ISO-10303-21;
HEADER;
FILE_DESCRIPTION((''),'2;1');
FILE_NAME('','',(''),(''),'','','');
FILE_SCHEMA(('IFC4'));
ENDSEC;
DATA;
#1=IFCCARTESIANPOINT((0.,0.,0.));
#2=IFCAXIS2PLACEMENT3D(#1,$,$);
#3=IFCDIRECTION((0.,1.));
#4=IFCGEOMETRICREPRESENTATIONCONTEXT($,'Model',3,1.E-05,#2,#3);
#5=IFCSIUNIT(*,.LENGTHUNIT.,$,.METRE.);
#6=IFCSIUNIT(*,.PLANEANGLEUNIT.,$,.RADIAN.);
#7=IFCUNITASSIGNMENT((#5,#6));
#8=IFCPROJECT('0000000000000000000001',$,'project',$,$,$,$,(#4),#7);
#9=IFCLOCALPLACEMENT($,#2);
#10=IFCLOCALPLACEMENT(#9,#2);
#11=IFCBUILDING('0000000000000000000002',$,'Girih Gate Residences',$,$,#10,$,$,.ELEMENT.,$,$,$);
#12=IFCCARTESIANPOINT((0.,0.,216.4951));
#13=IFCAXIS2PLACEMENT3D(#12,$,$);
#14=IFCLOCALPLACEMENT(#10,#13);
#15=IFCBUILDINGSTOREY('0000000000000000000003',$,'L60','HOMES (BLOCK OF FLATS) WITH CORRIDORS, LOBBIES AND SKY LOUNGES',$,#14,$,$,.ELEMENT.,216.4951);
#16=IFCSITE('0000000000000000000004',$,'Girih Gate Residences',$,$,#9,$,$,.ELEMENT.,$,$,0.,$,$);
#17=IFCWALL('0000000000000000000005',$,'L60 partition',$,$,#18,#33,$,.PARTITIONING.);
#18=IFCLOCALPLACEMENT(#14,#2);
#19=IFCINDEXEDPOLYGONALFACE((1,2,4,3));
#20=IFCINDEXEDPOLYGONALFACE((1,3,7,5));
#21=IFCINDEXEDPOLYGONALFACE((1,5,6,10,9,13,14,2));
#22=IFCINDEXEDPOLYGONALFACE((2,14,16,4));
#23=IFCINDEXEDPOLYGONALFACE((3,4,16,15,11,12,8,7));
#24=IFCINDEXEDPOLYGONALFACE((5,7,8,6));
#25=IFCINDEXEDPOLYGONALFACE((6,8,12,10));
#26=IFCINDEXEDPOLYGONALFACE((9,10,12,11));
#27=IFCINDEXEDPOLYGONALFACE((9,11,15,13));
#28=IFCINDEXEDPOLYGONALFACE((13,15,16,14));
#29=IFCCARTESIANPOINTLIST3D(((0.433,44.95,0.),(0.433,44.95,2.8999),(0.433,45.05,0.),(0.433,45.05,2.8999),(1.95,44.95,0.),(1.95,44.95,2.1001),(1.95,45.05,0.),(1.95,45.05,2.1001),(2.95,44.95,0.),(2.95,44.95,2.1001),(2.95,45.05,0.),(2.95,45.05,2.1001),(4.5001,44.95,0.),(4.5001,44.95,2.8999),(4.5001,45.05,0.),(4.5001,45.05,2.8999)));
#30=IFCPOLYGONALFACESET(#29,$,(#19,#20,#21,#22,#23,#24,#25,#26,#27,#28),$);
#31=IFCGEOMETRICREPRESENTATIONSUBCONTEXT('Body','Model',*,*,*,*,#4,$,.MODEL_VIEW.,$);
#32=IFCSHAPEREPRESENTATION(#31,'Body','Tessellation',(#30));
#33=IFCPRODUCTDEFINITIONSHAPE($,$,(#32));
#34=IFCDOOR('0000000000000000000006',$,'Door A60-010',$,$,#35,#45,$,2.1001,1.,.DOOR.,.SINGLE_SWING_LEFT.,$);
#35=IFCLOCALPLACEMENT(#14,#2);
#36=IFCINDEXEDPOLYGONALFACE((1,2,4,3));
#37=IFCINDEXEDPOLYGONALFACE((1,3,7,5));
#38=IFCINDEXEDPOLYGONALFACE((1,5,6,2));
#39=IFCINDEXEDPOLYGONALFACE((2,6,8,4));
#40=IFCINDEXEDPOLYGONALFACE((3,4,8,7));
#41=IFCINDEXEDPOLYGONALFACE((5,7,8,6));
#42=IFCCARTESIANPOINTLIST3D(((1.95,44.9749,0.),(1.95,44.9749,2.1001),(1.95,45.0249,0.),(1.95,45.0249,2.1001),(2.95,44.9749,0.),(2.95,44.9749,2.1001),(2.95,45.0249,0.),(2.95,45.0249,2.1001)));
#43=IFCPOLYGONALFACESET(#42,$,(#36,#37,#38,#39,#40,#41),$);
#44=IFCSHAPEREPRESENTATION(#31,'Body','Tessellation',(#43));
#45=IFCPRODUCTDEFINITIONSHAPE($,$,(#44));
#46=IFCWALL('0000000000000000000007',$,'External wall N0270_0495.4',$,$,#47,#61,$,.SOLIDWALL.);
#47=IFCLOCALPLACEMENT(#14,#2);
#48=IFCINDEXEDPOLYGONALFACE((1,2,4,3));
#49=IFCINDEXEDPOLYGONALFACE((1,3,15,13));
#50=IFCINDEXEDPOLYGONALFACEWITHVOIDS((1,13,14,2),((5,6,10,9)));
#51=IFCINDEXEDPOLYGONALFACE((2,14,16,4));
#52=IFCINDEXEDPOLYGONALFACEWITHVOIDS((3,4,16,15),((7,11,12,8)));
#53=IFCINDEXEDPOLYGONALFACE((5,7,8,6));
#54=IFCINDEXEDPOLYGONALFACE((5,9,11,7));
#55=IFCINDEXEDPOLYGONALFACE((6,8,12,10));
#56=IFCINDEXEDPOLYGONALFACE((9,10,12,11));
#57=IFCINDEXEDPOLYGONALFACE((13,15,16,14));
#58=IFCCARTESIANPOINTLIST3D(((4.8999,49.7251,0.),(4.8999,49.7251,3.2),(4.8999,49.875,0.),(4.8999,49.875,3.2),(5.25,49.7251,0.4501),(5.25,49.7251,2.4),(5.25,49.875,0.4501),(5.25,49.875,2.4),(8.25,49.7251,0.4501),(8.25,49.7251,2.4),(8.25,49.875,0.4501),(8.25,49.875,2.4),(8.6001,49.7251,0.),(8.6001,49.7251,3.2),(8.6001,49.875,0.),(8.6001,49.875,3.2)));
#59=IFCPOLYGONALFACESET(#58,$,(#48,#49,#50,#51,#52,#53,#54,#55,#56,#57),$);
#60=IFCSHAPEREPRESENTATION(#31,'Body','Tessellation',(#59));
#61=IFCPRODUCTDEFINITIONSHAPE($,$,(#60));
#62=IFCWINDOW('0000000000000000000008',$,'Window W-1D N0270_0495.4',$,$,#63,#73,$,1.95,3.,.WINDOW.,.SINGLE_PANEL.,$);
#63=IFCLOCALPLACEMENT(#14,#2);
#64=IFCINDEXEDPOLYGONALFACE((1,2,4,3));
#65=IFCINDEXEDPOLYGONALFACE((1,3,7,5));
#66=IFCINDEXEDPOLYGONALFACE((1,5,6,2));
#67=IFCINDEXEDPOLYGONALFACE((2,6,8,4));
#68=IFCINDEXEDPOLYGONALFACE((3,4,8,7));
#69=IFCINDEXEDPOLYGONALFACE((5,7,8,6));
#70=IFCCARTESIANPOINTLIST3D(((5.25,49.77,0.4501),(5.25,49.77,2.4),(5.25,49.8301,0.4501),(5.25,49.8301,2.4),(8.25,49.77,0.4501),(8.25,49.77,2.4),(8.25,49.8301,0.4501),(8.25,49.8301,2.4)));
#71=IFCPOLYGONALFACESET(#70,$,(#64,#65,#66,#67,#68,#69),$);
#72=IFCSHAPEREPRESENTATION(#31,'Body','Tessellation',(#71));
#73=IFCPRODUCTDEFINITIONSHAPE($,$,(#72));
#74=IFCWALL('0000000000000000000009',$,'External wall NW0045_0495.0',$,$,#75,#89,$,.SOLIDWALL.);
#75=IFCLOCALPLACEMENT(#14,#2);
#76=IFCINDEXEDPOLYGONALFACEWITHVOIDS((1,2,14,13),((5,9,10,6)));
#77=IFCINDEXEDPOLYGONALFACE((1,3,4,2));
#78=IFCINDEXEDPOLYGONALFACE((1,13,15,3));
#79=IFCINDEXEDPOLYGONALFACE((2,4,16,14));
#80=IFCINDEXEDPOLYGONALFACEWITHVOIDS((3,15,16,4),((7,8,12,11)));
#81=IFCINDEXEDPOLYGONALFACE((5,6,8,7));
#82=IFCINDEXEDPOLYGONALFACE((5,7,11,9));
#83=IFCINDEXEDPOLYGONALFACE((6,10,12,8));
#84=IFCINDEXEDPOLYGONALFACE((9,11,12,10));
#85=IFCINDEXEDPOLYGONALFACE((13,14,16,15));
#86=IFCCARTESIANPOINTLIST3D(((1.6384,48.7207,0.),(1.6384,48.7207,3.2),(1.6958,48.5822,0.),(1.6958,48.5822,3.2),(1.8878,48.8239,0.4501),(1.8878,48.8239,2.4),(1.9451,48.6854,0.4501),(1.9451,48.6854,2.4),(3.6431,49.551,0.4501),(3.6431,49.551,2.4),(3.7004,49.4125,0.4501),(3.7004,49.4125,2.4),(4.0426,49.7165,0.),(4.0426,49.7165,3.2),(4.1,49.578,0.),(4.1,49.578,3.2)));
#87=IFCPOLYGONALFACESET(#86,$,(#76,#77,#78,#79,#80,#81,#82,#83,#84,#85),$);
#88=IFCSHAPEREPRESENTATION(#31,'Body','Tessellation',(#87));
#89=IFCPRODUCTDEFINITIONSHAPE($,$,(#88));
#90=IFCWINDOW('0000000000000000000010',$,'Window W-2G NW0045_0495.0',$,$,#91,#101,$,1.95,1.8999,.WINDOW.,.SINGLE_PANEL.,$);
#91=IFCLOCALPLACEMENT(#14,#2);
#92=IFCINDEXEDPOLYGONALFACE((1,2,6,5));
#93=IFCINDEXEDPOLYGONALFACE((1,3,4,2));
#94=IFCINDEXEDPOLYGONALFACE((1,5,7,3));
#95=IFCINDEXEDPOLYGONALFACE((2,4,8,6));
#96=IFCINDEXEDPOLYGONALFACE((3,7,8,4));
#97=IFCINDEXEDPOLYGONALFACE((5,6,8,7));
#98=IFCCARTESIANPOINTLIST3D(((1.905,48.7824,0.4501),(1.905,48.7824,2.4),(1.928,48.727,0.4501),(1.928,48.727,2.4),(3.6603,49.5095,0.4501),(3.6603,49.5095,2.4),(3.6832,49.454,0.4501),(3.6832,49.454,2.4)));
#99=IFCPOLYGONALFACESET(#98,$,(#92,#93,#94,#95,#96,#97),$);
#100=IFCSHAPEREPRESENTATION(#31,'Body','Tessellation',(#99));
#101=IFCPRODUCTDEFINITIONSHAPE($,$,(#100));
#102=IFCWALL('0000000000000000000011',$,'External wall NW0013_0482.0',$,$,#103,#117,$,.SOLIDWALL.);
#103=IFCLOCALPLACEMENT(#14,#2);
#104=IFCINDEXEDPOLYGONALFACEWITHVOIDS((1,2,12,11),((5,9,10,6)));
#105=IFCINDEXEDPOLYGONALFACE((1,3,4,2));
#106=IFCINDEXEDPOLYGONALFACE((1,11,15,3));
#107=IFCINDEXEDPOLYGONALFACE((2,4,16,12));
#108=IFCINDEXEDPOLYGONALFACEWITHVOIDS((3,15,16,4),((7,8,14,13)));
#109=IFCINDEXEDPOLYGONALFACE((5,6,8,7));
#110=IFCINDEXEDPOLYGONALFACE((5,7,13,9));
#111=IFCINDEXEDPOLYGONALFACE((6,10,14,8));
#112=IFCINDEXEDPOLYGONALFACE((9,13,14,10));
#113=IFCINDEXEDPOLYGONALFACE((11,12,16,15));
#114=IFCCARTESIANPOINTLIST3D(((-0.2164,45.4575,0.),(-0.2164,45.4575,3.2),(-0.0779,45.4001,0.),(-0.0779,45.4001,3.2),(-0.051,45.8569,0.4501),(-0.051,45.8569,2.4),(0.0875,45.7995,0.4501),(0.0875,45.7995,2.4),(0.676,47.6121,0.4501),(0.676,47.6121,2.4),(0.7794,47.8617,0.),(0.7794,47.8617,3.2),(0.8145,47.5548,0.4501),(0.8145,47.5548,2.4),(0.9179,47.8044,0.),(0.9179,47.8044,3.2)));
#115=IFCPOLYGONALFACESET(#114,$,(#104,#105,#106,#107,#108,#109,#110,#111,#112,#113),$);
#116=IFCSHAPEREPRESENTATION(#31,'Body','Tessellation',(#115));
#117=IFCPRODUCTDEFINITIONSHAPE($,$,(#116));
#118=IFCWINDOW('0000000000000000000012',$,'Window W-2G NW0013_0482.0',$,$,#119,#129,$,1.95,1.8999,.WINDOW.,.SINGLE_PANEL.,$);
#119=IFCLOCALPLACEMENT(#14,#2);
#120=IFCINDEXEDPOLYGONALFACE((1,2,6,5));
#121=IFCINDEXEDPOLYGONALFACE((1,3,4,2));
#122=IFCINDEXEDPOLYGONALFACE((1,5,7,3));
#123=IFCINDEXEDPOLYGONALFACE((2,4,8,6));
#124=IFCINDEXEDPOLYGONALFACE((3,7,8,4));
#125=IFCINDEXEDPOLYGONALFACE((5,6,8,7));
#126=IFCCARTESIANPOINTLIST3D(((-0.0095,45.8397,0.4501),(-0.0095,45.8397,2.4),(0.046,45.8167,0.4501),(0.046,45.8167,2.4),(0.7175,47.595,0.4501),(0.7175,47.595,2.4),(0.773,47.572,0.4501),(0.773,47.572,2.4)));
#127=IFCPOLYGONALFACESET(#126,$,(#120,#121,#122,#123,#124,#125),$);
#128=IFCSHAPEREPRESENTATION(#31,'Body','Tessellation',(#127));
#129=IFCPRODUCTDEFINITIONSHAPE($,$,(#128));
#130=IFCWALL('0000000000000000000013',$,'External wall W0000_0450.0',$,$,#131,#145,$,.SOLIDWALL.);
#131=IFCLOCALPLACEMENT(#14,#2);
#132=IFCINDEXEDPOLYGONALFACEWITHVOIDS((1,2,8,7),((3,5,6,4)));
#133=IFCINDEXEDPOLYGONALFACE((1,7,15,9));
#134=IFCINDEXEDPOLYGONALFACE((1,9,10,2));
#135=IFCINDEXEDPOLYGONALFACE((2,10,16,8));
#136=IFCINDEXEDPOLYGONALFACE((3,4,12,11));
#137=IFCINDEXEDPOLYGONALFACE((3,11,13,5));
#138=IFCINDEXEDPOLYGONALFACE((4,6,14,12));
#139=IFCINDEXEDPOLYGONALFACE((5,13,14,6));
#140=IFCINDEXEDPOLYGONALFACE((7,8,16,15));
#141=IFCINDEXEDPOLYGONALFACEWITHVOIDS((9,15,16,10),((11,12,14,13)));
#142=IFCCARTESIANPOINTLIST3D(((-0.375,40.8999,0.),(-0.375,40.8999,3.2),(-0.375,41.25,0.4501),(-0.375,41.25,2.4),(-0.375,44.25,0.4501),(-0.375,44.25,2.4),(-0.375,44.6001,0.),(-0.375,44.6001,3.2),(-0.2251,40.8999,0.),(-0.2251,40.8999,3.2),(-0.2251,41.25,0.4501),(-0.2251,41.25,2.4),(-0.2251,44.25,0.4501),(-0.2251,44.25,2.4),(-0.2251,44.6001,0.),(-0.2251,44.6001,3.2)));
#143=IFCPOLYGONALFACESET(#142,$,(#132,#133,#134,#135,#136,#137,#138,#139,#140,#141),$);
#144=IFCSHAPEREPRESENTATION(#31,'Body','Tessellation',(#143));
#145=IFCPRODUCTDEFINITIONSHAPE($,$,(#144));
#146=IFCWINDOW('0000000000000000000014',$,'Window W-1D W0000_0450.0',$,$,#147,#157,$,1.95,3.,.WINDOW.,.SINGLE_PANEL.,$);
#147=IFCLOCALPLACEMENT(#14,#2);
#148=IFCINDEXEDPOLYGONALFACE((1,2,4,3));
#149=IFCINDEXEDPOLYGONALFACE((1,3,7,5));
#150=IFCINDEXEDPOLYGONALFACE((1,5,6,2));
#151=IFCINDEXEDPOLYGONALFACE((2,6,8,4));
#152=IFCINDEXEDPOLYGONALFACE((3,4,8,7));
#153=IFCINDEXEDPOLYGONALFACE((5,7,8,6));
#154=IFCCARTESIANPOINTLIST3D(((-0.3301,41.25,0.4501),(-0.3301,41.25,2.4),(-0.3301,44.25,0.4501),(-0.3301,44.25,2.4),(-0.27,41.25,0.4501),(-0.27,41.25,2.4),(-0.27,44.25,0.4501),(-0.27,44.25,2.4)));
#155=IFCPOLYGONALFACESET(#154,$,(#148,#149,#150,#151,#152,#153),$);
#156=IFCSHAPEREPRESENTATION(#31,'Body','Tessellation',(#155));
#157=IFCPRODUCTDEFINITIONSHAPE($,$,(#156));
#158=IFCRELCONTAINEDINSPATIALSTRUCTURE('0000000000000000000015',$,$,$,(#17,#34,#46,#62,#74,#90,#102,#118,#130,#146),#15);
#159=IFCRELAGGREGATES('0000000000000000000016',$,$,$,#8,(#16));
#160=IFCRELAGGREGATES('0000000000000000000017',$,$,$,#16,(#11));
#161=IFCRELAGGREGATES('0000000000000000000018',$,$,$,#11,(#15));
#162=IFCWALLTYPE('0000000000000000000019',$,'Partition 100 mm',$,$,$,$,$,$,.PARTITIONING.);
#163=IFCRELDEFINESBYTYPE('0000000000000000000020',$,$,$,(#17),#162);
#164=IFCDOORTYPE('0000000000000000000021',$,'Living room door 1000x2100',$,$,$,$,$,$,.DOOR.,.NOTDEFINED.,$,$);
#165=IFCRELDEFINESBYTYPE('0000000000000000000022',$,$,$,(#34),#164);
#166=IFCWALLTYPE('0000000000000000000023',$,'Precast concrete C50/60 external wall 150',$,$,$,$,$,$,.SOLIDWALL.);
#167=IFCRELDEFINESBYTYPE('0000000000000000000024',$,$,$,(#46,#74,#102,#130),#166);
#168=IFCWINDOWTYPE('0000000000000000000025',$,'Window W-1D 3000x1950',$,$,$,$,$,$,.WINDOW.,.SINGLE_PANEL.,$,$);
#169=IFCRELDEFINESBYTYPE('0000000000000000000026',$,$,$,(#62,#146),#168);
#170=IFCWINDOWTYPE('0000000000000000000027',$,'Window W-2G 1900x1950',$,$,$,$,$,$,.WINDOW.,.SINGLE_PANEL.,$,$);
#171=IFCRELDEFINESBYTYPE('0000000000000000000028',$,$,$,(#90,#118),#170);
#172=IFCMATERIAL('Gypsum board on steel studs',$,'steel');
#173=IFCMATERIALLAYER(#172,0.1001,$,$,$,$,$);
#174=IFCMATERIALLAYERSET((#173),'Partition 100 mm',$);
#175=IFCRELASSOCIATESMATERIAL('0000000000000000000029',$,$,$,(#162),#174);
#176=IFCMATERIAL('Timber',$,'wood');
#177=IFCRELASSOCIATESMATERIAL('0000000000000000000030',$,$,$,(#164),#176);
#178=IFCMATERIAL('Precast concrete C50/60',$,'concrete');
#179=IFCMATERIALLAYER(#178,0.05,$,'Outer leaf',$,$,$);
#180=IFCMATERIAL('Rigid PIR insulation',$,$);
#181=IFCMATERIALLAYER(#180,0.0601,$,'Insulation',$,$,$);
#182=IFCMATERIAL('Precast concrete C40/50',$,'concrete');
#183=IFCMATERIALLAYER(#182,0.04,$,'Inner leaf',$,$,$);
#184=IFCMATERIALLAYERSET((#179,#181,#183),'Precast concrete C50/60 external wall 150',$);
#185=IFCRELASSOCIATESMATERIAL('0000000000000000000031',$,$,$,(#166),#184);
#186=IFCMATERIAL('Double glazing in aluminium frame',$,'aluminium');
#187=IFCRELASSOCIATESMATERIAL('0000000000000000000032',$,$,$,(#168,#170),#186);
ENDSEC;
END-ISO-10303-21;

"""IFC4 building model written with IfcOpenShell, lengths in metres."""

from ifc_helpers import new_model, si_unit, direction, frame, frame_2d, origin, place, context, subcontext, project, spatial, rectangle, extrude, material, layer, layer_set, type_object, element, fill, save


model = new_model("IFC4")

# Units and contexts
model_context = context("Model", 3, precision=1e-05, world=origin(), true_north=direction((0.0, 1.0)))
body_context = subcontext(model_context, "Body", "Model", "MODEL_VIEW")
ifc_project = project(units=[si_unit("LENGTHUNIT", "METRE"), si_unit("PLANEANGLEUNIT", "RADIAN")], contexts=[model_context])

# Site, building, storey
site_placement = place(None, origin())
site = spatial("IfcSite", under=ifc_project, at=site_placement, Name="Girih Gate Residences", CompositionType="ELEMENT", RefElevation=0.0)
building_placement = place(site_placement, origin())
building = spatial("IfcBuilding", under=site, at=building_placement, Name="Girih Gate Residences", CompositionType="ELEMENT")
storey_placement = place(building_placement, frame((0.0, 0.0, 216.4951)))
storey = spatial("IfcBuildingStorey", under=building, at=storey_placement, Name="L60", Description="HOMES (BLOCK OF FLATS) WITH CORRIDORS, LOBBIES AND SKY LOUNGES", CompositionType="ELEMENT", Elevation=216.4951)

# Shared definitions
ifc_material_1 = material(Name="Gypsum board on steel studs", Category="steel")
ifc_material_2 = material(Name="Timber", Category="wood")
ifc_layer_1 = layer(ifc_material_1, 0.1001)
ifc_layer_set_1 = layer_set([ifc_layer_1], Name="Partition 100 mm")
wall_type_1 = type_object("IfcWallType", Name="Partition 100 mm", PredefinedType="PARTITIONING", material=ifc_layer_set_1)

# Wall, opening, door
wall_1_placement = place(storey_placement, frame((0.4329, 45.0, 0.0), z_axis=(0.0, 0.0, 1.0), x_axis=(1.0, 0.0, 0.0)))
wall_1 = element("IfcWall", 1, at=wall_1_placement, inside=storey, type_object=wall_type_1, Name="L60 partition", PredefinedType="PARTITIONING", context=body_context, shape_type="SweptSolid", body=[
    extrude(rectangle(XDim=4.0671, YDim=0.1001, at=frame_2d((2.0337, 0.0))), origin(), (0.0, 0.0, 1.0), 2.8999),
])
opening_1_placement = place(wall_1_placement, frame((1.5171, 0.0, 0.0)))
opening_1 = element("IfcOpeningElement", 2, at=opening_1_placement, cuts=wall_1, PredefinedType="OPENING", context=body_context, shape_type="SweptSolid", body=[
    extrude(rectangle(XDim=1.0, YDim=2.1001, at=frame_2d((0.5, 1.05))), frame((0.0, 0.0601, 0.0), z_axis=(0.0, -1.0, 0.0), x_axis=(1.0, 0.0, 0.0)), (0.0, 0.0, 1.0), 0.1201),
])
door_type_1 = type_object("IfcDoorType", Name="Living room door 1000x2100", OperationType="NOTDEFINED", PredefinedType="DOOR", material=ifc_material_2)
door_1_placement = place(opening_1_placement, origin())
door_1 = element("IfcDoor", 3, at=door_1_placement, inside=storey, type_object=door_type_1, Name="Door A60-010", OperationType="SINGLE_SWING_LEFT", OverallHeight=2.1001, OverallWidth=1.0, PredefinedType="DOOR", context=body_context, shape_type="SweptSolid", body=[
    extrude(rectangle(XDim=1.0, YDim=2.1001, at=frame_2d((0.5, 1.05))), frame((0.0, 0.0249, 0.0), z_axis=(0.0, -1.0, 0.0), x_axis=(1.0, 0.0, 0.0)), (0.0, 0.0, 1.0), 0.05),
])
fill(opening_1, door_1)

# Walls, openings, windows
ifc_material_3 = material(Name="Precast concrete C50/60", Category="concrete")
ifc_layer_2 = layer(ifc_material_3, 0.05, Name="Outer leaf")
ifc_material_4 = material(Name="Rigid PIR insulation")
ifc_layer_3 = layer(ifc_material_4, 0.0601, Name="Insulation")
ifc_material_5 = material(Name="Precast concrete C40/50", Category="concrete")
ifc_layer_4 = layer(ifc_material_5, 0.04, Name="Inner leaf")
ifc_layer_set_2 = layer_set([ifc_layer_2, ifc_layer_3, ifc_layer_4], Name="Precast concrete C50/60 external wall 150")
wall_type_2 = type_object("IfcWallType", Name="Precast concrete C50/60 external wall 150", PredefinedType="SOLIDWALL", material=ifc_layer_set_2)
wall_2_placement = place(storey_placement, frame((4.8999, 49.8, 0.0), z_axis=(0.0, 0.0, 1.0), x_axis=(1.0, 0.0, 0.0)))
wall_2 = element("IfcWall", 4, at=wall_2_placement, inside=storey, type_object=wall_type_2, Name="External wall N0270_0495.4", PredefinedType="SOLIDWALL", context=body_context, shape_type="SweptSolid", body=[
    extrude(rectangle(XDim=3.7002, YDim=0.1499, at=frame_2d((1.8501, 0.0))), origin(), (0.0, 0.0, 1.0), 3.2),
])
opening_2_placement = place(wall_2_placement, frame((0.3501, 0.0, 0.45)))
opening_2 = element("IfcOpeningElement", 5, at=opening_2_placement, cuts=wall_2, PredefinedType="OPENING", context=body_context, shape_type="SweptSolid", body=[
    extrude(rectangle(XDim=3.0, YDim=1.95, at=frame_2d((1.5, 0.9751))), frame((0.0, 0.085, 0.0), z_axis=(0.0, -1.0, 0.0), x_axis=(1.0, 0.0, 0.0)), (0.0, 0.0, 1.0), 0.1699),
])
ifc_material_6 = material(Name="Double glazing in aluminium frame", Category="aluminium")
window_type_1 = type_object("IfcWindowType", Name="Window W-1D 3000x1950", PartitioningType="SINGLE_PANEL", PredefinedType="WINDOW", material=ifc_material_6)
window_1_placement = place(opening_2_placement, origin())
window_1 = element("IfcWindow", 6, at=window_1_placement, inside=storey, type_object=window_type_1, Name="Window W-1D N0270_0495.4", OverallHeight=1.95, OverallWidth=3.0, PartitioningType="SINGLE_PANEL", PredefinedType="WINDOW", context=body_context, shape_type="SweptSolid", body=[
    extrude(rectangle(XDim=3.0, YDim=1.95, at=frame_2d((1.5, 0.9751))), frame((0.0, 0.03, 0.0), z_axis=(0.0, -1.0, 0.0), x_axis=(1.0, 0.0, 0.0)), (0.0, 0.0, 1.0), 0.0601),
])
fill(opening_2, window_1)
wall_3_placement = place(storey_placement, frame((1.667, 48.6514, 0.0), z_axis=(0.0, 0.0, 1.0), x_axis=(0.923885, 0.382669, 0.0)))
wall_3 = element("IfcWall", 7, at=wall_3_placement, inside=storey, type_object=wall_type_2, Name="External wall NW0045_0495.0", PredefinedType="SOLIDWALL", context=body_context, shape_type="SweptSolid", body=[
    extrude(rectangle(XDim=2.6023, YDim=0.1499, at=frame_2d((1.3013, 0.0))), origin(), (0.0, 0.0, 1.0), 3.2),
])
opening_3_placement = place(wall_3_placement, frame((0.27, 0.0, 0.45)))
opening_3 = element("IfcOpeningElement", 8, at=opening_3_placement, cuts=wall_3, PredefinedType="OPENING", context=body_context, shape_type="SweptSolid", body=[
    extrude(rectangle(XDim=1.8999, YDim=1.95, at=frame_2d((0.95, 0.9751))), frame((0.0, 0.085, 0.0), z_axis=(0.0, -1.0, 0.0), x_axis=(1.0, 0.0, 0.0)), (0.0, 0.0, 1.0), 0.1699),
])
window_type_2 = type_object("IfcWindowType", Name="Window W-2G 1900x1950", PartitioningType="SINGLE_PANEL", PredefinedType="WINDOW", material=ifc_material_6)
window_2_placement = place(opening_3_placement, origin())
window_2 = element("IfcWindow", 9, at=window_2_placement, inside=storey, type_object=window_type_2, Name="Window W-2G NW0045_0495.0", OverallHeight=1.95, OverallWidth=1.8999, PartitioningType="SINGLE_PANEL", PredefinedType="WINDOW", context=body_context, shape_type="SweptSolid", body=[
    extrude(rectangle(XDim=1.8999, YDim=1.95, at=frame_2d((0.95, 0.9751))), frame((0.0, 0.03, 0.0), z_axis=(0.0, -1.0, 0.0), x_axis=(1.0, 0.0, 0.0)), (0.0, 0.0, 1.0), 0.0601),
])
fill(opening_3, window_2)
wall_4_placement = place(storey_placement, frame((-0.1472, 45.4287, 0.0), z_axis=(0.0, 0.0, 1.0), x_axis=(0.382669, 0.923885, 0.0)))
wall_4 = element("IfcWall", 10, at=wall_4_placement, inside=storey, type_object=wall_type_2, Name="External wall NW0013_0482.0", PredefinedType="SOLIDWALL", context=body_context, shape_type="SweptSolid", body=[
    extrude(rectangle(XDim=2.6023, YDim=0.1499, at=frame_2d((1.3013, 0.0))), origin(), (0.0, 0.0, 1.0), 3.2),
])
opening_4_placement = place(wall_4_placement, frame((0.4324, 0.0, 0.45)))
opening_4 = element("IfcOpeningElement", 11, at=opening_4_placement, cuts=wall_4, PredefinedType="OPENING", context=body_context, shape_type="SweptSolid", body=[
    extrude(rectangle(XDim=1.8999, YDim=1.95, at=frame_2d((0.95, 0.9751))), frame((0.0, 0.085, 0.0), z_axis=(0.0, -1.0, 0.0), x_axis=(1.0, 0.0, 0.0)), (0.0, 0.0, 1.0), 0.1699),
])
window_3_placement = place(opening_4_placement, origin())
window_3 = element("IfcWindow", 12, at=window_3_placement, inside=storey, type_object=window_type_2, Name="Window W-2G NW0013_0482.0", OverallHeight=1.95, OverallWidth=1.8999, PartitioningType="SINGLE_PANEL", PredefinedType="WINDOW", context=body_context, shape_type="SweptSolid", body=[
    extrude(rectangle(XDim=1.8999, YDim=1.95, at=frame_2d((0.95, 0.9751))), frame((0.0, 0.03, 0.0), z_axis=(0.0, -1.0, 0.0), x_axis=(1.0, 0.0, 0.0)), (0.0, 0.0, 1.0), 0.0601),
])
fill(opening_4, window_3)
wall_5_placement = place(storey_placement, frame((-0.3, 40.8999, 0.0), z_axis=(0.0, 0.0, 1.0), x_axis=(0.0, 1.0, 0.0)))
wall_5 = element("IfcWall", 13, at=wall_5_placement, inside=storey, type_object=wall_type_2, Name="External wall W0000_0450.0", PredefinedType="SOLIDWALL", context=body_context, shape_type="SweptSolid", body=[
    extrude(rectangle(XDim=3.7002, YDim=0.1499, at=frame_2d((1.8501, 0.0))), origin(), (0.0, 0.0, 1.0), 3.2),
])
opening_5_placement = place(wall_5_placement, frame((0.3501, 0.0, 0.45)))
opening_5 = element("IfcOpeningElement", 14, at=opening_5_placement, cuts=wall_5, PredefinedType="OPENING", context=body_context, shape_type="SweptSolid", body=[
    extrude(rectangle(XDim=3.0, YDim=1.95, at=frame_2d((1.5, 0.9751))), frame((0.0, 0.085, 0.0), z_axis=(0.0, -1.0, 0.0), x_axis=(1.0, 0.0, 0.0)), (0.0, 0.0, 1.0), 0.1699),
])
window_4_placement = place(opening_5_placement, origin())
window_4 = element("IfcWindow", 15, at=window_4_placement, inside=storey, type_object=window_type_1, Name="Window W-1D W0000_0450.0", OverallHeight=1.95, OverallWidth=3.0, PartitioningType="SINGLE_PANEL", PredefinedType="WINDOW", context=body_context, shape_type="SweptSolid", body=[
    extrude(rectangle(XDim=3.0, YDim=1.95, at=frame_2d((1.5, 0.9751))), frame((0.0, 0.03, 0.0), z_axis=(0.0, -1.0, 0.0), x_axis=(1.0, 0.0, 0.0)), (0.0, 0.0, 1.0), 0.0601),
])
fill(opening_5, window_4)

save(model, "model.ifc")
